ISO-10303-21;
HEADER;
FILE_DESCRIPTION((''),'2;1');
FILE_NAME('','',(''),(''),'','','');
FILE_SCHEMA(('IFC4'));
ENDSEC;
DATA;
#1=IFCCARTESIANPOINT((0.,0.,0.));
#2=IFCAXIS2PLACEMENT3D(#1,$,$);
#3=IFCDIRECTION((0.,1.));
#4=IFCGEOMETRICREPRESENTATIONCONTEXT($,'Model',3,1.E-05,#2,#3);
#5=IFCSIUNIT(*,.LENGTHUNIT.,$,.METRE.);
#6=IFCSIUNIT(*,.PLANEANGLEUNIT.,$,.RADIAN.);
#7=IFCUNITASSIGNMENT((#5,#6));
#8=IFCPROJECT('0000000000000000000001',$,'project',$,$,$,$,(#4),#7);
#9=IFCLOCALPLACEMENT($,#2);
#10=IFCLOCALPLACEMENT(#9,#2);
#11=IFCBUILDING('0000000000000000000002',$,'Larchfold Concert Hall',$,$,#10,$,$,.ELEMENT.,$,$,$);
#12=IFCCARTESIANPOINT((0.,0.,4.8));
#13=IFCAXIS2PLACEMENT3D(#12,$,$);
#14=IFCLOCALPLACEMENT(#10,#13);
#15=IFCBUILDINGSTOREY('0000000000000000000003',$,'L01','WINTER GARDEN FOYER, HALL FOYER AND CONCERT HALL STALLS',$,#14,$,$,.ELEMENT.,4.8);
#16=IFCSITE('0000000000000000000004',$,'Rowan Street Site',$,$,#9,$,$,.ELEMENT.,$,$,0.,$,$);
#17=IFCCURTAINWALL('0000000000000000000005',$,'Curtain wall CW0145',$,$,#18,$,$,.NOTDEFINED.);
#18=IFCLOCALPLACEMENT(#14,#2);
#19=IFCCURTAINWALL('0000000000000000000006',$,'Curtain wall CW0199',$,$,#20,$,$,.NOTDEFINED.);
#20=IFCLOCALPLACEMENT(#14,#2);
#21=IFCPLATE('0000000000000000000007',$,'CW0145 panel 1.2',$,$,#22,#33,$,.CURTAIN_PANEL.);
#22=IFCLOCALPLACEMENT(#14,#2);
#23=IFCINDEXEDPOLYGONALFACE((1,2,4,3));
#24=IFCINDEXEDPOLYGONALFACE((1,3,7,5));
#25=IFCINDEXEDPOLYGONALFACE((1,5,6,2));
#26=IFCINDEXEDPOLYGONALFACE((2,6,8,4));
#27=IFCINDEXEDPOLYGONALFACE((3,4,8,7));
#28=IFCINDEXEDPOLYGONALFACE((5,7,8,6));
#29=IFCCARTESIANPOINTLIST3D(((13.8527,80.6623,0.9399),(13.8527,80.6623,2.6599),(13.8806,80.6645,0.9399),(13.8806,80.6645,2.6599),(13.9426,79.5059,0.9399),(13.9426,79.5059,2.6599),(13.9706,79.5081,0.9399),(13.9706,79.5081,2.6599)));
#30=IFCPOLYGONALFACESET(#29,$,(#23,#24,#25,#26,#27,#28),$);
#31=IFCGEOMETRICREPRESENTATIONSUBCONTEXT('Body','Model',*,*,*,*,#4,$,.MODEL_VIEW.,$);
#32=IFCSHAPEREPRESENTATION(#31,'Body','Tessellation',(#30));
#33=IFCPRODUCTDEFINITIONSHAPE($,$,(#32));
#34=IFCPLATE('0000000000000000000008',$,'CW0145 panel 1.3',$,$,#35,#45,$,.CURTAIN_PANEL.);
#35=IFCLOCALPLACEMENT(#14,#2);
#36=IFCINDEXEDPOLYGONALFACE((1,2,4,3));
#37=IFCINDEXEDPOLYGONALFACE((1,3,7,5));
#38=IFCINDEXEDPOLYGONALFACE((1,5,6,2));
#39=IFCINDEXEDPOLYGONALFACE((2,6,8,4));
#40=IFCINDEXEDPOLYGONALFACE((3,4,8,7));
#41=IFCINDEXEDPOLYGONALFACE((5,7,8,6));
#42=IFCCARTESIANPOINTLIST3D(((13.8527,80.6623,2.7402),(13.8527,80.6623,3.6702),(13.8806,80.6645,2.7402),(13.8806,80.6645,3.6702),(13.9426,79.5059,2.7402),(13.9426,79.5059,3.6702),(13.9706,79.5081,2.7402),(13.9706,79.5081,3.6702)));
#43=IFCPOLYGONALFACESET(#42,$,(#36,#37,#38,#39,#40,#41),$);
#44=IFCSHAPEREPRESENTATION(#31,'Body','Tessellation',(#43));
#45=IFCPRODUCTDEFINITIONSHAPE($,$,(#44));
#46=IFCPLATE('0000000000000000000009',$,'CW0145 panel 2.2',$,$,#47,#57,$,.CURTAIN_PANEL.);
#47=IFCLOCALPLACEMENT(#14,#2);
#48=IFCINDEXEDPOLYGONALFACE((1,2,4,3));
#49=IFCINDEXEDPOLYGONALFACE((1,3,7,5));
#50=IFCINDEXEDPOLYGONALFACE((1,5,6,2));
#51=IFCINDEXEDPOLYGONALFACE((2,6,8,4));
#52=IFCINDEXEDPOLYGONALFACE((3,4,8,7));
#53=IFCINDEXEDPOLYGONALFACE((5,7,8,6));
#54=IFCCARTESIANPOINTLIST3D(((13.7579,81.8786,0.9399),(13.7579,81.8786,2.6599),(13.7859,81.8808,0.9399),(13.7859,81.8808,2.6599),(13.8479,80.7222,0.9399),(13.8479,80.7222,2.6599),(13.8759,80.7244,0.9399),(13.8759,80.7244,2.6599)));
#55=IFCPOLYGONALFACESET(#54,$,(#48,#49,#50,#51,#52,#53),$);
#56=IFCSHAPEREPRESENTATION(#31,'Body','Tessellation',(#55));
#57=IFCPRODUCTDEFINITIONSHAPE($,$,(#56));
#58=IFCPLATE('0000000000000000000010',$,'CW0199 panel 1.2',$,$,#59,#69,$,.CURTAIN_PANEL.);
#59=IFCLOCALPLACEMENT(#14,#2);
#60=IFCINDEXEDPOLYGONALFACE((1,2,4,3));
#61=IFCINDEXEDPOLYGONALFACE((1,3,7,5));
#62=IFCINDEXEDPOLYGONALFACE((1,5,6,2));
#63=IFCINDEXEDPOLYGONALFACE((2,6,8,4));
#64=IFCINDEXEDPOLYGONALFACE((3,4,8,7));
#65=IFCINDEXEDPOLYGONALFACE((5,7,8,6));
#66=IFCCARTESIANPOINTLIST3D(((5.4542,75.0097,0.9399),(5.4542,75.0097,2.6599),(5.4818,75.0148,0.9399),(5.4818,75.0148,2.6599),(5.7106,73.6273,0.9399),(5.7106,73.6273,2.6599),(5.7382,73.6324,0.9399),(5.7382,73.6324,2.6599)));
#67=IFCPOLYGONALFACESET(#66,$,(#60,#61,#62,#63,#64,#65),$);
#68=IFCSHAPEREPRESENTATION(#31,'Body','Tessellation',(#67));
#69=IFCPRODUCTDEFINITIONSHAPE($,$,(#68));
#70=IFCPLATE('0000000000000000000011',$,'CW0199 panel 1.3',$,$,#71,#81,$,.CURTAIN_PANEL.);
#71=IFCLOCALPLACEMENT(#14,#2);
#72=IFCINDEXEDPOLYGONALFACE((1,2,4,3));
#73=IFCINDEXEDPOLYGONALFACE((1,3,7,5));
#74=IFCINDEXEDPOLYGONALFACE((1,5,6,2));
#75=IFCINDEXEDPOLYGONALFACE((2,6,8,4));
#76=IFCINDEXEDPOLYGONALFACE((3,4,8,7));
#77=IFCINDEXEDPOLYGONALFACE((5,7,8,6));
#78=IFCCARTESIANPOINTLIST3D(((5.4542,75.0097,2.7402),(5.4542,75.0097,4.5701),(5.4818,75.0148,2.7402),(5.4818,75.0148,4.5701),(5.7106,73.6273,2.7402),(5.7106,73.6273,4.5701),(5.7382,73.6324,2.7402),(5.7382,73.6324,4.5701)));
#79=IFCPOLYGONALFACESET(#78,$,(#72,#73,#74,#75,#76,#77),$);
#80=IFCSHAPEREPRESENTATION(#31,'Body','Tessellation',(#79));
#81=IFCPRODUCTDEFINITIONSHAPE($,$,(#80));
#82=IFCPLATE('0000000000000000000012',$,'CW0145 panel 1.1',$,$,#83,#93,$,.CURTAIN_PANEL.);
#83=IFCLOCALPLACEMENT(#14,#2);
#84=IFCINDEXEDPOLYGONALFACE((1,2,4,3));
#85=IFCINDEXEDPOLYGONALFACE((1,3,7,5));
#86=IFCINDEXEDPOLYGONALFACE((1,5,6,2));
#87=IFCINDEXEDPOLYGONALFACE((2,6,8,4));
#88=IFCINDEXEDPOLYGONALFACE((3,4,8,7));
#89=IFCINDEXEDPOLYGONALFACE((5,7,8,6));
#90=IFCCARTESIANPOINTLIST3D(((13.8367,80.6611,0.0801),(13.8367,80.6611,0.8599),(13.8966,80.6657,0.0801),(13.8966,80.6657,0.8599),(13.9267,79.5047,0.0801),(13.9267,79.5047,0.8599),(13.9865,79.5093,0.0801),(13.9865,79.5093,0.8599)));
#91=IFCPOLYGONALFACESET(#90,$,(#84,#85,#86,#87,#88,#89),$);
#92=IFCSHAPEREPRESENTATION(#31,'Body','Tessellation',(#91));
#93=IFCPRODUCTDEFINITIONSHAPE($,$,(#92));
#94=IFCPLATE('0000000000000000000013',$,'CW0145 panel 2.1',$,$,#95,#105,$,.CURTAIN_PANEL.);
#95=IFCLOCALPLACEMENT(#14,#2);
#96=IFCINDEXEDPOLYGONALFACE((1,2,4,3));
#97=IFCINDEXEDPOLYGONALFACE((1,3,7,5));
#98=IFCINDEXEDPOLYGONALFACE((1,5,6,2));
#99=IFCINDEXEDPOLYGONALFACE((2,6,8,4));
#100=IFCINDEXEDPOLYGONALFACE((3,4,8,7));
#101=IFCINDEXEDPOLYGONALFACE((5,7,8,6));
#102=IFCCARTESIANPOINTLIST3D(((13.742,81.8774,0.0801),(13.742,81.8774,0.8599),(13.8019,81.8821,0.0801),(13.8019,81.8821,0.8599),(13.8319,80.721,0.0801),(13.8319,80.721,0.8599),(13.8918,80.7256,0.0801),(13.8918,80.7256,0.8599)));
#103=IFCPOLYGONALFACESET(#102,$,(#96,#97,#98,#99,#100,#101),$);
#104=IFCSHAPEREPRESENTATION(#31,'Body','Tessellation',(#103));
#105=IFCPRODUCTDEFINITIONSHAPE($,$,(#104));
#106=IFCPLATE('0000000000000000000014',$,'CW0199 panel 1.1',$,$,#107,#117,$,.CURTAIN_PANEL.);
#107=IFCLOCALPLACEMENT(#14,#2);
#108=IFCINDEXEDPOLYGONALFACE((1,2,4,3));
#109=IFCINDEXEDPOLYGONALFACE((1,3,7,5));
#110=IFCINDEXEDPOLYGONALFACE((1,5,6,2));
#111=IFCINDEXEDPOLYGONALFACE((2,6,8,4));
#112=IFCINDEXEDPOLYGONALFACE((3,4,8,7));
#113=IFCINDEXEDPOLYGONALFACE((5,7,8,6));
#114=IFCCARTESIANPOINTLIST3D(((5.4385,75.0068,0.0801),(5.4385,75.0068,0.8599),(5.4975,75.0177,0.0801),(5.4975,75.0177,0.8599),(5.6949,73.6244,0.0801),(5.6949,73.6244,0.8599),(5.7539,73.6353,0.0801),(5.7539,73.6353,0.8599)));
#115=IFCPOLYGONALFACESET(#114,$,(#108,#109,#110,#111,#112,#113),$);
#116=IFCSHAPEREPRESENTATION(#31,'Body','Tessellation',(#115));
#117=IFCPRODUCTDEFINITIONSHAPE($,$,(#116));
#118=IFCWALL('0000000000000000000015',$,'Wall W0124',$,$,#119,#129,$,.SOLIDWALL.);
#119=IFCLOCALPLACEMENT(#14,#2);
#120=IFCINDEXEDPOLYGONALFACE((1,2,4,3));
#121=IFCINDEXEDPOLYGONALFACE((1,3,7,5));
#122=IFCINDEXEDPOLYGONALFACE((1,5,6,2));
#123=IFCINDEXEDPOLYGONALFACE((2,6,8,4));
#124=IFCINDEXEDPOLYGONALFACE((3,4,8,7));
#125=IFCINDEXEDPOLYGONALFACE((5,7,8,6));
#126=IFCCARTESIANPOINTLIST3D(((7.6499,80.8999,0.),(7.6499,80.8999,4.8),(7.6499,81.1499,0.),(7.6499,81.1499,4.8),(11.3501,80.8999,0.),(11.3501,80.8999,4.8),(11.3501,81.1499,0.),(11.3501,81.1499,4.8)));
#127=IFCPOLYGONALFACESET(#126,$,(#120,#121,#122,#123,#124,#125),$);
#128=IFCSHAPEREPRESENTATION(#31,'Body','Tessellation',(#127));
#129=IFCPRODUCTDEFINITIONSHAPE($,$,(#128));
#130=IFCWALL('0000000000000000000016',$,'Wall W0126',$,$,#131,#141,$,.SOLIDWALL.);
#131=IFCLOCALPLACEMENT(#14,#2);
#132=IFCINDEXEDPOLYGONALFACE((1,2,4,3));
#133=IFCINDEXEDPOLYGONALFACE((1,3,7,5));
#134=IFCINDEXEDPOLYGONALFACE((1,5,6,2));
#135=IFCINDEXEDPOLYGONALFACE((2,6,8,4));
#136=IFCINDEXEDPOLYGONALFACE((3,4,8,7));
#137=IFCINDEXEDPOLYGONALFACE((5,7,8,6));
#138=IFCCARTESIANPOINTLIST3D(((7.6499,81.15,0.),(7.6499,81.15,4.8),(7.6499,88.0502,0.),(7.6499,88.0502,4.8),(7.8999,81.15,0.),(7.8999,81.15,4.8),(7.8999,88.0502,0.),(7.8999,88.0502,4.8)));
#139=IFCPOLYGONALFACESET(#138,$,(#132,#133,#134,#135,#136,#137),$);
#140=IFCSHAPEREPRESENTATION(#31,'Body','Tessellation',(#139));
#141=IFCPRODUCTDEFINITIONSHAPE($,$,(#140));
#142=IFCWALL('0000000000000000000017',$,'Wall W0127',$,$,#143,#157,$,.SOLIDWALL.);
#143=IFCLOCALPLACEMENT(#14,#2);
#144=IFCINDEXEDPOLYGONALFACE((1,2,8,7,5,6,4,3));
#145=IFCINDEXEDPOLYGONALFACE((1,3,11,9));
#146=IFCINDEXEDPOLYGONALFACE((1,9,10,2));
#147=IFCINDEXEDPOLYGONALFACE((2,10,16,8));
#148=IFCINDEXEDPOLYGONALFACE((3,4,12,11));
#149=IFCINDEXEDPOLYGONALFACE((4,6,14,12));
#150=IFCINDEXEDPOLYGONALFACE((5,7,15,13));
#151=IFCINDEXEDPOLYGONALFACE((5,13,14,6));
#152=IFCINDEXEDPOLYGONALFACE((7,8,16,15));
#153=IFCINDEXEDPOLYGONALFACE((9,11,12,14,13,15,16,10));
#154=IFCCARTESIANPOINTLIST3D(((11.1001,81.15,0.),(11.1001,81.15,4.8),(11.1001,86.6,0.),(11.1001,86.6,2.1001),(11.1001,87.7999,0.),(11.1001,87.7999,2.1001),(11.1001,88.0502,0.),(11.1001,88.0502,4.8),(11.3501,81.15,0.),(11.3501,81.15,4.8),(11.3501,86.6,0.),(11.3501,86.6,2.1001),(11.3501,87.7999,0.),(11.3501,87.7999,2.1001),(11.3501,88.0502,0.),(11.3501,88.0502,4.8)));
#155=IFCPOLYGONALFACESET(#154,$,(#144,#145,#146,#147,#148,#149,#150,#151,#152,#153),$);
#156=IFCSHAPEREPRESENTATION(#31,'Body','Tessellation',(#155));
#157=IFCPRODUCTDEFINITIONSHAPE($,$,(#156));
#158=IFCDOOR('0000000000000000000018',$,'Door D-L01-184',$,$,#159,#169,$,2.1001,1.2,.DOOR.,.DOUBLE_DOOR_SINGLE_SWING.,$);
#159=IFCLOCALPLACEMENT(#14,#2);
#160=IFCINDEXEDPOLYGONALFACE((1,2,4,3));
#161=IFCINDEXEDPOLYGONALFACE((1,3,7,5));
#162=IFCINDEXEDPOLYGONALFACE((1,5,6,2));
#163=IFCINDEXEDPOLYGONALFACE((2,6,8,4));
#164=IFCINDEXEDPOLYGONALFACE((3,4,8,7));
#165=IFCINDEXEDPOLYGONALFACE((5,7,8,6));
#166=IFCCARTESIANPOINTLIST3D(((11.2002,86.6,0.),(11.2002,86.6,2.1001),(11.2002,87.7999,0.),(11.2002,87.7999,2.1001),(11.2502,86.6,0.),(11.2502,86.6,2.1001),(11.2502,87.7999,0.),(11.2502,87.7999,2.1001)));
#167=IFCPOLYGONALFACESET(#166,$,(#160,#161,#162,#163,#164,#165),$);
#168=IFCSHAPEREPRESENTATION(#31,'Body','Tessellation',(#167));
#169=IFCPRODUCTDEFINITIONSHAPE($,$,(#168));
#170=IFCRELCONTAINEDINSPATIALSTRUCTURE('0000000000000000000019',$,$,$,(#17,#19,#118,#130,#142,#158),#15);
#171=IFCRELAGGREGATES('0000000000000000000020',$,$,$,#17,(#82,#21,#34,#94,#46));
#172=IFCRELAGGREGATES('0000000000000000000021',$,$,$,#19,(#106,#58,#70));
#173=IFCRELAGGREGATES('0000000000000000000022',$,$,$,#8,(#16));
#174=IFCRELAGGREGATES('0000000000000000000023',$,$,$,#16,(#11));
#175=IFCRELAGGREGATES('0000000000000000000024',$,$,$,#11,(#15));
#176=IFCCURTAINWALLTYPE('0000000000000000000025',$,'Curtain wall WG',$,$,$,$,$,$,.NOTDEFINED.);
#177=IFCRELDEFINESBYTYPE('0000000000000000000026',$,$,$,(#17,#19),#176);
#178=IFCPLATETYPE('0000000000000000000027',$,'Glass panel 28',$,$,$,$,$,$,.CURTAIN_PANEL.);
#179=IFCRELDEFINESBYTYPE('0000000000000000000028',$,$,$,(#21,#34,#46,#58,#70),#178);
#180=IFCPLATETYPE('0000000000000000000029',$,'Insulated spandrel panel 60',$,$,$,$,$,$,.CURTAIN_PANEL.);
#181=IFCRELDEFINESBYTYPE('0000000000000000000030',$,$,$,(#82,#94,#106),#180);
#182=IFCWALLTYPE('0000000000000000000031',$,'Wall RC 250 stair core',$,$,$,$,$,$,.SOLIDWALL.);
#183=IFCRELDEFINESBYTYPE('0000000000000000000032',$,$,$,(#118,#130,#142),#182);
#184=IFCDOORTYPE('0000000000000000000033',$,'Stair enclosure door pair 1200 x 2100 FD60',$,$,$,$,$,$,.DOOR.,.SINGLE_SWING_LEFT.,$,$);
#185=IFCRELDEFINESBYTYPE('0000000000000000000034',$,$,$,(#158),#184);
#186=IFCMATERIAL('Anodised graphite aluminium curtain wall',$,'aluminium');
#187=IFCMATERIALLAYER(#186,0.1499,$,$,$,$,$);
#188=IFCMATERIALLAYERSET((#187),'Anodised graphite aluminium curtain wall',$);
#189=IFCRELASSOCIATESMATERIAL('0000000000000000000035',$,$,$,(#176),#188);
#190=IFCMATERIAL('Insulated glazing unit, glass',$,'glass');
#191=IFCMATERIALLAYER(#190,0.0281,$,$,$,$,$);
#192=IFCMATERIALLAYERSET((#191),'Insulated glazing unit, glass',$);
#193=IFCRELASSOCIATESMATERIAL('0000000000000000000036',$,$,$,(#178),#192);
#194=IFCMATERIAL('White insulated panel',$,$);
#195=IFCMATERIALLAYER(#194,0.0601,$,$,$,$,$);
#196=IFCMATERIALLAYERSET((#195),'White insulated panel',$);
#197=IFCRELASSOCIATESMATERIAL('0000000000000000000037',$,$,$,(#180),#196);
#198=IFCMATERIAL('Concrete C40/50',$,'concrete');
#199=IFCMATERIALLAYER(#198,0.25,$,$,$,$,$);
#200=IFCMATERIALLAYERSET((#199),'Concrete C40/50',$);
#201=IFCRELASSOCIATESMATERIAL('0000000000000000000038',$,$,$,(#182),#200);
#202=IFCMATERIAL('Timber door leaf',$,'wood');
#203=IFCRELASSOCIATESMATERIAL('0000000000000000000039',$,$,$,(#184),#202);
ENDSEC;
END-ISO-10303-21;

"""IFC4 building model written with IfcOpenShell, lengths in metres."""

from ifc_helpers import new_model, si_unit, direction, frame, frame_2d, origin, origin_2d, place, context, subcontext, project, spatial, rectangle, extrude, material, layer, layer_set, type_object, element, fill, aggregate, save


model = new_model("IFC4")

# Units and contexts
model_context = context("Model", 3, precision=1e-05, world=origin(), true_north=direction((0.0, 1.0)))
body_context = subcontext(model_context, "Body", "Model", "MODEL_VIEW")
ifc_project = project(units=[si_unit("LENGTHUNIT", "METRE"), si_unit("PLANEANGLEUNIT", "RADIAN")], contexts=[model_context])

# Site, building, storey
site_placement = place(None, origin())
site = spatial("IfcSite", under=ifc_project, at=site_placement, Name="Rowan Street Site", CompositionType="ELEMENT", RefElevation=0.0)
building_placement = place(site_placement, origin())
building = spatial("IfcBuilding", under=site, at=building_placement, Name="Larchfold Concert Hall", CompositionType="ELEMENT")
storey_placement = place(building_placement, frame((0.0, 0.0, 4.8)))
storey = spatial("IfcBuildingStorey", under=building, at=storey_placement, Name="L01", Description="WINTER GARDEN FOYER, HALL FOYER AND CONCERT HALL STALLS", CompositionType="ELEMENT", Elevation=4.8)

# Curtain wall
ifc_material_1 = material(Name="Anodised graphite aluminium curtain wall", Category="aluminium")
ifc_layer_1 = layer(ifc_material_1, 0.1499)
ifc_layer_set_1 = layer_set([ifc_layer_1], Name="Anodised graphite aluminium curtain wall")
curtain_wall_type = type_object("IfcCurtainWallType", Name="Curtain wall WG", PredefinedType="NOTDEFINED", material=ifc_layer_set_1)
curtain_wall_1_placement = place(storey_placement, origin())
curtain_wall_1 = element("IfcCurtainWall", 1, at=curtain_wall_1_placement, inside=storey, type_object=curtain_wall_type, Name="Curtain wall CW0145", PredefinedType="NOTDEFINED")

# Curtain wall
curtain_wall_2_placement = place(storey_placement, origin())
curtain_wall_2 = element("IfcCurtainWall", 2, at=curtain_wall_2_placement, inside=storey, type_object=curtain_wall_type, Name="Curtain wall CW0199", PredefinedType="NOTDEFINED")

# Plates
ifc_material_2 = material(Name="Insulated glazing unit, glass", Category="glass")
ifc_layer_2 = layer(ifc_material_2, 0.0281)
ifc_layer_set_2 = layer_set([ifc_layer_2], Name="Insulated glazing unit, glass")
plate_type_1 = type_object("IfcPlateType", Name="Glass panel 28", PredefinedType="CURTAIN_PANEL", material=ifc_layer_set_2)
plate_1_placement = place(storey_placement, frame((13.9116, 80.0852, 0.9399), z_axis=(0.0, 0.0, 1.0), x_axis=(-0.077548, 0.996989, 0.0)))
plate_1 = element("IfcPlate", 3, at=plate_1_placement, type_object=plate_type_1, Name="CW0145 panel 1.2", PredefinedType="CURTAIN_PANEL", context=body_context, shape_type="SweptSolid", body=[
    extrude(rectangle(XDim=1.1599, YDim=0.0281, at=origin_2d()), origin(), (0.0, 0.0, 1.0), 1.72),
])
plate_2_placement = place(storey_placement, frame((13.9116, 80.0852, 2.7402), z_axis=(0.0, 0.0, 1.0), x_axis=(-0.077548, 0.996989, 0.0)))
plate_2 = element("IfcPlate", 4, at=plate_2_placement, type_object=plate_type_1, Name="CW0145 panel 1.3", PredefinedType="CURTAIN_PANEL", context=body_context, shape_type="SweptSolid", body=[
    extrude(rectangle(XDim=1.1599, YDim=0.0281, at=origin_2d()), origin(), (0.0, 0.0, 1.0), 0.9299),
])
plate_3_placement = place(storey_placement, frame((13.8169, 81.3015, 0.9399), z_axis=(0.0, 0.0, 1.0), x_axis=(-0.077548, 0.996989, 0.0)))
plate_3 = element("IfcPlate", 5, at=plate_3_placement, type_object=plate_type_1, Name="CW0145 panel 2.2", PredefinedType="CURTAIN_PANEL", context=body_context, shape_type="SweptSolid", body=[
    extrude(rectangle(XDim=1.1599, YDim=0.0281, at=origin_2d()), origin(), (0.0, 0.0, 1.0), 1.72),
])
plate_4_placement = place(storey_placement, frame((5.5962, 74.321, 0.9399), z_axis=(0.0, 0.0, 1.0), x_axis=(0.182367, -0.983231, 0.0)))
plate_4 = element("IfcPlate", 6, at=plate_4_placement, type_object=plate_type_1, Name="CW0199 panel 1.2", PredefinedType="CURTAIN_PANEL", context=body_context, shape_type="SweptSolid", body=[
    extrude(rectangle(XDim=1.406, YDim=0.0281, at=origin_2d()), origin(), (0.0, 0.0, 1.0), 1.72),
])
plate_5_placement = place(storey_placement, frame((5.5962, 74.321, 2.7402), z_axis=(0.0, 0.0, 1.0), x_axis=(0.182367, -0.983231, 0.0)))
plate_5 = element("IfcPlate", 7, at=plate_5_placement, type_object=plate_type_1, Name="CW0199 panel 1.3", PredefinedType="CURTAIN_PANEL", context=body_context, shape_type="SweptSolid", body=[
    extrude(rectangle(XDim=1.406, YDim=0.0281, at=origin_2d()), origin(), (0.0, 0.0, 1.0), 1.8298),
])
ifc_material_3 = material(Name="White insulated panel")
ifc_layer_3 = layer(ifc_material_3, 0.0601)
ifc_layer_set_3 = layer_set([ifc_layer_3], Name="White insulated panel")
plate_type_2 = type_object("IfcPlateType", Name="Insulated spandrel panel 60", PredefinedType="CURTAIN_PANEL", material=ifc_layer_set_3)
plate_6_placement = place(storey_placement, frame((13.9116, 80.0852, 0.0801), z_axis=(0.0, 0.0, 1.0), x_axis=(-0.077548, 0.996989, 0.0)))
plate_6 = element("IfcPlate", 8, at=plate_6_placement, type_object=plate_type_2, Name="CW0145 panel 1.1", PredefinedType="CURTAIN_PANEL", context=body_context, shape_type="SweptSolid", body=[
    extrude(rectangle(XDim=1.1599, YDim=0.0601, at=origin_2d()), origin(), (0.0, 0.0, 1.0), 0.7798),
])
plate_7_placement = place(storey_placement, frame((13.8169, 81.3015, 0.0801), z_axis=(0.0, 0.0, 1.0), x_axis=(-0.077548, 0.996989, 0.0)))
plate_7 = element("IfcPlate", 9, at=plate_7_placement, type_object=plate_type_2, Name="CW0145 panel 2.1", PredefinedType="CURTAIN_PANEL", context=body_context, shape_type="SweptSolid", body=[
    extrude(rectangle(XDim=1.1599, YDim=0.0601, at=origin_2d()), origin(), (0.0, 0.0, 1.0), 0.7798),
])
aggregate(curtain_wall_1, [plate_6, plate_1, plate_2, plate_7, plate_3])
plate_8_placement = place(storey_placement, frame((5.5962, 74.321, 0.0801), z_axis=(0.0, 0.0, 1.0), x_axis=(0.182367, -0.983231, 0.0)))
plate_8 = element("IfcPlate", 10, at=plate_8_placement, type_object=plate_type_2, Name="CW0199 panel 1.1", PredefinedType="CURTAIN_PANEL", context=body_context, shape_type="SweptSolid", body=[
    extrude(rectangle(XDim=1.406, YDim=0.0601, at=origin_2d()), origin(), (0.0, 0.0, 1.0), 0.7798),
])
aggregate(curtain_wall_2, [plate_8, plate_4, plate_5])

# Walls
ifc_material_4 = material(Name="Concrete C40/50", Category="concrete")
ifc_layer_4 = layer(ifc_material_4, 0.25)
ifc_layer_set_4 = layer_set([ifc_layer_4], Name="Concrete C40/50")
wall_type = type_object("IfcWallType", Name="Wall RC 250 stair core", PredefinedType="SOLIDWALL", material=ifc_layer_set_4)
wall_1_placement = place(storey_placement, frame((7.6499, 81.0249, 0.0), z_axis=(0.0, 0.0, 1.0), x_axis=(1.0, 0.0, 0.0)))
element("IfcWall", 11, at=wall_1_placement, inside=storey, type_object=wall_type, Name="Wall W0124", PredefinedType="SOLIDWALL", context=body_context, shape_type="SweptSolid", body=[
    extrude(rectangle(XDim=3.7002, YDim=0.25, at=frame_2d((1.8501, 0.0))), origin(), (0.0, 0.0, 1.0), 4.8),
])
wall_2_placement = place(storey_placement, frame((7.7749, 81.1499, 0.0), z_axis=(0.0, 0.0, 1.0), x_axis=(0.0, 1.0, 0.0)))
element("IfcWall", 12, at=wall_2_placement, inside=storey, type_object=wall_type, Name="Wall W0126", PredefinedType="SOLIDWALL", context=body_context, shape_type="SweptSolid", body=[
    extrude(rectangle(XDim=6.9001, YDim=0.25, at=frame_2d((3.4502, 0.0))), origin(), (0.0, 0.0, 1.0), 4.8),
])

# Wall, opening, door
wall_3_placement = place(storey_placement, frame((11.2251, 81.1499, 0.0), z_axis=(0.0, 0.0, 1.0), x_axis=(0.0, 1.0, 0.0)))
wall_3 = element("IfcWall", 13, at=wall_3_placement, inside=storey, type_object=wall_type, Name="Wall W0127", PredefinedType="SOLIDWALL", context=body_context, shape_type="SweptSolid", body=[
    extrude(rectangle(XDim=6.9001, YDim=0.25, at=frame_2d((3.4502, 0.0))), origin(), (0.0, 0.0, 1.0), 4.8),
])
opening_placement = place(wall_3_placement, frame((5.45, 0.0, 0.0)))
opening = element("IfcOpeningElement", 14, at=opening_placement, cuts=wall_3, PredefinedType="OPENING", context=body_context, shape_type="SweptSolid", body=[
    extrude(rectangle(XDim=1.2, YDim=2.1001, at=frame_2d((0.6001, 1.05))), frame((0.0, 0.135, 0.0), z_axis=(0.0, -1.0, 0.0), x_axis=(1.0, 0.0, 0.0)), (0.0, 0.0, 1.0), 0.27),
])
ifc_material_5 = material(Name="Timber door leaf", Category="wood")
door_type = type_object("IfcDoorType", Name="Stair enclosure door pair 1200 x 2100 FD60", OperationType="SINGLE_SWING_LEFT", PredefinedType="DOOR", material=ifc_material_5)
door_placement = place(opening_placement, origin())
door = element("IfcDoor", 15, at=door_placement, inside=storey, type_object=door_type, Name="Door D-L01-184", OperationType="DOUBLE_DOOR_SINGLE_SWING", OverallHeight=2.1001, OverallWidth=1.2, PredefinedType="DOOR", context=body_context, shape_type="SweptSolid", body=[
    extrude(rectangle(XDim=1.2, YDim=2.1001, at=frame_2d((0.6001, 1.05))), frame((0.0, 0.0249, 0.0), z_axis=(0.0, -1.0, 0.0), x_axis=(1.0, 0.0, 0.0)), (0.0, 0.0, 1.0), 0.05),
])
fill(opening, door)

save(model, "model.ifc")
